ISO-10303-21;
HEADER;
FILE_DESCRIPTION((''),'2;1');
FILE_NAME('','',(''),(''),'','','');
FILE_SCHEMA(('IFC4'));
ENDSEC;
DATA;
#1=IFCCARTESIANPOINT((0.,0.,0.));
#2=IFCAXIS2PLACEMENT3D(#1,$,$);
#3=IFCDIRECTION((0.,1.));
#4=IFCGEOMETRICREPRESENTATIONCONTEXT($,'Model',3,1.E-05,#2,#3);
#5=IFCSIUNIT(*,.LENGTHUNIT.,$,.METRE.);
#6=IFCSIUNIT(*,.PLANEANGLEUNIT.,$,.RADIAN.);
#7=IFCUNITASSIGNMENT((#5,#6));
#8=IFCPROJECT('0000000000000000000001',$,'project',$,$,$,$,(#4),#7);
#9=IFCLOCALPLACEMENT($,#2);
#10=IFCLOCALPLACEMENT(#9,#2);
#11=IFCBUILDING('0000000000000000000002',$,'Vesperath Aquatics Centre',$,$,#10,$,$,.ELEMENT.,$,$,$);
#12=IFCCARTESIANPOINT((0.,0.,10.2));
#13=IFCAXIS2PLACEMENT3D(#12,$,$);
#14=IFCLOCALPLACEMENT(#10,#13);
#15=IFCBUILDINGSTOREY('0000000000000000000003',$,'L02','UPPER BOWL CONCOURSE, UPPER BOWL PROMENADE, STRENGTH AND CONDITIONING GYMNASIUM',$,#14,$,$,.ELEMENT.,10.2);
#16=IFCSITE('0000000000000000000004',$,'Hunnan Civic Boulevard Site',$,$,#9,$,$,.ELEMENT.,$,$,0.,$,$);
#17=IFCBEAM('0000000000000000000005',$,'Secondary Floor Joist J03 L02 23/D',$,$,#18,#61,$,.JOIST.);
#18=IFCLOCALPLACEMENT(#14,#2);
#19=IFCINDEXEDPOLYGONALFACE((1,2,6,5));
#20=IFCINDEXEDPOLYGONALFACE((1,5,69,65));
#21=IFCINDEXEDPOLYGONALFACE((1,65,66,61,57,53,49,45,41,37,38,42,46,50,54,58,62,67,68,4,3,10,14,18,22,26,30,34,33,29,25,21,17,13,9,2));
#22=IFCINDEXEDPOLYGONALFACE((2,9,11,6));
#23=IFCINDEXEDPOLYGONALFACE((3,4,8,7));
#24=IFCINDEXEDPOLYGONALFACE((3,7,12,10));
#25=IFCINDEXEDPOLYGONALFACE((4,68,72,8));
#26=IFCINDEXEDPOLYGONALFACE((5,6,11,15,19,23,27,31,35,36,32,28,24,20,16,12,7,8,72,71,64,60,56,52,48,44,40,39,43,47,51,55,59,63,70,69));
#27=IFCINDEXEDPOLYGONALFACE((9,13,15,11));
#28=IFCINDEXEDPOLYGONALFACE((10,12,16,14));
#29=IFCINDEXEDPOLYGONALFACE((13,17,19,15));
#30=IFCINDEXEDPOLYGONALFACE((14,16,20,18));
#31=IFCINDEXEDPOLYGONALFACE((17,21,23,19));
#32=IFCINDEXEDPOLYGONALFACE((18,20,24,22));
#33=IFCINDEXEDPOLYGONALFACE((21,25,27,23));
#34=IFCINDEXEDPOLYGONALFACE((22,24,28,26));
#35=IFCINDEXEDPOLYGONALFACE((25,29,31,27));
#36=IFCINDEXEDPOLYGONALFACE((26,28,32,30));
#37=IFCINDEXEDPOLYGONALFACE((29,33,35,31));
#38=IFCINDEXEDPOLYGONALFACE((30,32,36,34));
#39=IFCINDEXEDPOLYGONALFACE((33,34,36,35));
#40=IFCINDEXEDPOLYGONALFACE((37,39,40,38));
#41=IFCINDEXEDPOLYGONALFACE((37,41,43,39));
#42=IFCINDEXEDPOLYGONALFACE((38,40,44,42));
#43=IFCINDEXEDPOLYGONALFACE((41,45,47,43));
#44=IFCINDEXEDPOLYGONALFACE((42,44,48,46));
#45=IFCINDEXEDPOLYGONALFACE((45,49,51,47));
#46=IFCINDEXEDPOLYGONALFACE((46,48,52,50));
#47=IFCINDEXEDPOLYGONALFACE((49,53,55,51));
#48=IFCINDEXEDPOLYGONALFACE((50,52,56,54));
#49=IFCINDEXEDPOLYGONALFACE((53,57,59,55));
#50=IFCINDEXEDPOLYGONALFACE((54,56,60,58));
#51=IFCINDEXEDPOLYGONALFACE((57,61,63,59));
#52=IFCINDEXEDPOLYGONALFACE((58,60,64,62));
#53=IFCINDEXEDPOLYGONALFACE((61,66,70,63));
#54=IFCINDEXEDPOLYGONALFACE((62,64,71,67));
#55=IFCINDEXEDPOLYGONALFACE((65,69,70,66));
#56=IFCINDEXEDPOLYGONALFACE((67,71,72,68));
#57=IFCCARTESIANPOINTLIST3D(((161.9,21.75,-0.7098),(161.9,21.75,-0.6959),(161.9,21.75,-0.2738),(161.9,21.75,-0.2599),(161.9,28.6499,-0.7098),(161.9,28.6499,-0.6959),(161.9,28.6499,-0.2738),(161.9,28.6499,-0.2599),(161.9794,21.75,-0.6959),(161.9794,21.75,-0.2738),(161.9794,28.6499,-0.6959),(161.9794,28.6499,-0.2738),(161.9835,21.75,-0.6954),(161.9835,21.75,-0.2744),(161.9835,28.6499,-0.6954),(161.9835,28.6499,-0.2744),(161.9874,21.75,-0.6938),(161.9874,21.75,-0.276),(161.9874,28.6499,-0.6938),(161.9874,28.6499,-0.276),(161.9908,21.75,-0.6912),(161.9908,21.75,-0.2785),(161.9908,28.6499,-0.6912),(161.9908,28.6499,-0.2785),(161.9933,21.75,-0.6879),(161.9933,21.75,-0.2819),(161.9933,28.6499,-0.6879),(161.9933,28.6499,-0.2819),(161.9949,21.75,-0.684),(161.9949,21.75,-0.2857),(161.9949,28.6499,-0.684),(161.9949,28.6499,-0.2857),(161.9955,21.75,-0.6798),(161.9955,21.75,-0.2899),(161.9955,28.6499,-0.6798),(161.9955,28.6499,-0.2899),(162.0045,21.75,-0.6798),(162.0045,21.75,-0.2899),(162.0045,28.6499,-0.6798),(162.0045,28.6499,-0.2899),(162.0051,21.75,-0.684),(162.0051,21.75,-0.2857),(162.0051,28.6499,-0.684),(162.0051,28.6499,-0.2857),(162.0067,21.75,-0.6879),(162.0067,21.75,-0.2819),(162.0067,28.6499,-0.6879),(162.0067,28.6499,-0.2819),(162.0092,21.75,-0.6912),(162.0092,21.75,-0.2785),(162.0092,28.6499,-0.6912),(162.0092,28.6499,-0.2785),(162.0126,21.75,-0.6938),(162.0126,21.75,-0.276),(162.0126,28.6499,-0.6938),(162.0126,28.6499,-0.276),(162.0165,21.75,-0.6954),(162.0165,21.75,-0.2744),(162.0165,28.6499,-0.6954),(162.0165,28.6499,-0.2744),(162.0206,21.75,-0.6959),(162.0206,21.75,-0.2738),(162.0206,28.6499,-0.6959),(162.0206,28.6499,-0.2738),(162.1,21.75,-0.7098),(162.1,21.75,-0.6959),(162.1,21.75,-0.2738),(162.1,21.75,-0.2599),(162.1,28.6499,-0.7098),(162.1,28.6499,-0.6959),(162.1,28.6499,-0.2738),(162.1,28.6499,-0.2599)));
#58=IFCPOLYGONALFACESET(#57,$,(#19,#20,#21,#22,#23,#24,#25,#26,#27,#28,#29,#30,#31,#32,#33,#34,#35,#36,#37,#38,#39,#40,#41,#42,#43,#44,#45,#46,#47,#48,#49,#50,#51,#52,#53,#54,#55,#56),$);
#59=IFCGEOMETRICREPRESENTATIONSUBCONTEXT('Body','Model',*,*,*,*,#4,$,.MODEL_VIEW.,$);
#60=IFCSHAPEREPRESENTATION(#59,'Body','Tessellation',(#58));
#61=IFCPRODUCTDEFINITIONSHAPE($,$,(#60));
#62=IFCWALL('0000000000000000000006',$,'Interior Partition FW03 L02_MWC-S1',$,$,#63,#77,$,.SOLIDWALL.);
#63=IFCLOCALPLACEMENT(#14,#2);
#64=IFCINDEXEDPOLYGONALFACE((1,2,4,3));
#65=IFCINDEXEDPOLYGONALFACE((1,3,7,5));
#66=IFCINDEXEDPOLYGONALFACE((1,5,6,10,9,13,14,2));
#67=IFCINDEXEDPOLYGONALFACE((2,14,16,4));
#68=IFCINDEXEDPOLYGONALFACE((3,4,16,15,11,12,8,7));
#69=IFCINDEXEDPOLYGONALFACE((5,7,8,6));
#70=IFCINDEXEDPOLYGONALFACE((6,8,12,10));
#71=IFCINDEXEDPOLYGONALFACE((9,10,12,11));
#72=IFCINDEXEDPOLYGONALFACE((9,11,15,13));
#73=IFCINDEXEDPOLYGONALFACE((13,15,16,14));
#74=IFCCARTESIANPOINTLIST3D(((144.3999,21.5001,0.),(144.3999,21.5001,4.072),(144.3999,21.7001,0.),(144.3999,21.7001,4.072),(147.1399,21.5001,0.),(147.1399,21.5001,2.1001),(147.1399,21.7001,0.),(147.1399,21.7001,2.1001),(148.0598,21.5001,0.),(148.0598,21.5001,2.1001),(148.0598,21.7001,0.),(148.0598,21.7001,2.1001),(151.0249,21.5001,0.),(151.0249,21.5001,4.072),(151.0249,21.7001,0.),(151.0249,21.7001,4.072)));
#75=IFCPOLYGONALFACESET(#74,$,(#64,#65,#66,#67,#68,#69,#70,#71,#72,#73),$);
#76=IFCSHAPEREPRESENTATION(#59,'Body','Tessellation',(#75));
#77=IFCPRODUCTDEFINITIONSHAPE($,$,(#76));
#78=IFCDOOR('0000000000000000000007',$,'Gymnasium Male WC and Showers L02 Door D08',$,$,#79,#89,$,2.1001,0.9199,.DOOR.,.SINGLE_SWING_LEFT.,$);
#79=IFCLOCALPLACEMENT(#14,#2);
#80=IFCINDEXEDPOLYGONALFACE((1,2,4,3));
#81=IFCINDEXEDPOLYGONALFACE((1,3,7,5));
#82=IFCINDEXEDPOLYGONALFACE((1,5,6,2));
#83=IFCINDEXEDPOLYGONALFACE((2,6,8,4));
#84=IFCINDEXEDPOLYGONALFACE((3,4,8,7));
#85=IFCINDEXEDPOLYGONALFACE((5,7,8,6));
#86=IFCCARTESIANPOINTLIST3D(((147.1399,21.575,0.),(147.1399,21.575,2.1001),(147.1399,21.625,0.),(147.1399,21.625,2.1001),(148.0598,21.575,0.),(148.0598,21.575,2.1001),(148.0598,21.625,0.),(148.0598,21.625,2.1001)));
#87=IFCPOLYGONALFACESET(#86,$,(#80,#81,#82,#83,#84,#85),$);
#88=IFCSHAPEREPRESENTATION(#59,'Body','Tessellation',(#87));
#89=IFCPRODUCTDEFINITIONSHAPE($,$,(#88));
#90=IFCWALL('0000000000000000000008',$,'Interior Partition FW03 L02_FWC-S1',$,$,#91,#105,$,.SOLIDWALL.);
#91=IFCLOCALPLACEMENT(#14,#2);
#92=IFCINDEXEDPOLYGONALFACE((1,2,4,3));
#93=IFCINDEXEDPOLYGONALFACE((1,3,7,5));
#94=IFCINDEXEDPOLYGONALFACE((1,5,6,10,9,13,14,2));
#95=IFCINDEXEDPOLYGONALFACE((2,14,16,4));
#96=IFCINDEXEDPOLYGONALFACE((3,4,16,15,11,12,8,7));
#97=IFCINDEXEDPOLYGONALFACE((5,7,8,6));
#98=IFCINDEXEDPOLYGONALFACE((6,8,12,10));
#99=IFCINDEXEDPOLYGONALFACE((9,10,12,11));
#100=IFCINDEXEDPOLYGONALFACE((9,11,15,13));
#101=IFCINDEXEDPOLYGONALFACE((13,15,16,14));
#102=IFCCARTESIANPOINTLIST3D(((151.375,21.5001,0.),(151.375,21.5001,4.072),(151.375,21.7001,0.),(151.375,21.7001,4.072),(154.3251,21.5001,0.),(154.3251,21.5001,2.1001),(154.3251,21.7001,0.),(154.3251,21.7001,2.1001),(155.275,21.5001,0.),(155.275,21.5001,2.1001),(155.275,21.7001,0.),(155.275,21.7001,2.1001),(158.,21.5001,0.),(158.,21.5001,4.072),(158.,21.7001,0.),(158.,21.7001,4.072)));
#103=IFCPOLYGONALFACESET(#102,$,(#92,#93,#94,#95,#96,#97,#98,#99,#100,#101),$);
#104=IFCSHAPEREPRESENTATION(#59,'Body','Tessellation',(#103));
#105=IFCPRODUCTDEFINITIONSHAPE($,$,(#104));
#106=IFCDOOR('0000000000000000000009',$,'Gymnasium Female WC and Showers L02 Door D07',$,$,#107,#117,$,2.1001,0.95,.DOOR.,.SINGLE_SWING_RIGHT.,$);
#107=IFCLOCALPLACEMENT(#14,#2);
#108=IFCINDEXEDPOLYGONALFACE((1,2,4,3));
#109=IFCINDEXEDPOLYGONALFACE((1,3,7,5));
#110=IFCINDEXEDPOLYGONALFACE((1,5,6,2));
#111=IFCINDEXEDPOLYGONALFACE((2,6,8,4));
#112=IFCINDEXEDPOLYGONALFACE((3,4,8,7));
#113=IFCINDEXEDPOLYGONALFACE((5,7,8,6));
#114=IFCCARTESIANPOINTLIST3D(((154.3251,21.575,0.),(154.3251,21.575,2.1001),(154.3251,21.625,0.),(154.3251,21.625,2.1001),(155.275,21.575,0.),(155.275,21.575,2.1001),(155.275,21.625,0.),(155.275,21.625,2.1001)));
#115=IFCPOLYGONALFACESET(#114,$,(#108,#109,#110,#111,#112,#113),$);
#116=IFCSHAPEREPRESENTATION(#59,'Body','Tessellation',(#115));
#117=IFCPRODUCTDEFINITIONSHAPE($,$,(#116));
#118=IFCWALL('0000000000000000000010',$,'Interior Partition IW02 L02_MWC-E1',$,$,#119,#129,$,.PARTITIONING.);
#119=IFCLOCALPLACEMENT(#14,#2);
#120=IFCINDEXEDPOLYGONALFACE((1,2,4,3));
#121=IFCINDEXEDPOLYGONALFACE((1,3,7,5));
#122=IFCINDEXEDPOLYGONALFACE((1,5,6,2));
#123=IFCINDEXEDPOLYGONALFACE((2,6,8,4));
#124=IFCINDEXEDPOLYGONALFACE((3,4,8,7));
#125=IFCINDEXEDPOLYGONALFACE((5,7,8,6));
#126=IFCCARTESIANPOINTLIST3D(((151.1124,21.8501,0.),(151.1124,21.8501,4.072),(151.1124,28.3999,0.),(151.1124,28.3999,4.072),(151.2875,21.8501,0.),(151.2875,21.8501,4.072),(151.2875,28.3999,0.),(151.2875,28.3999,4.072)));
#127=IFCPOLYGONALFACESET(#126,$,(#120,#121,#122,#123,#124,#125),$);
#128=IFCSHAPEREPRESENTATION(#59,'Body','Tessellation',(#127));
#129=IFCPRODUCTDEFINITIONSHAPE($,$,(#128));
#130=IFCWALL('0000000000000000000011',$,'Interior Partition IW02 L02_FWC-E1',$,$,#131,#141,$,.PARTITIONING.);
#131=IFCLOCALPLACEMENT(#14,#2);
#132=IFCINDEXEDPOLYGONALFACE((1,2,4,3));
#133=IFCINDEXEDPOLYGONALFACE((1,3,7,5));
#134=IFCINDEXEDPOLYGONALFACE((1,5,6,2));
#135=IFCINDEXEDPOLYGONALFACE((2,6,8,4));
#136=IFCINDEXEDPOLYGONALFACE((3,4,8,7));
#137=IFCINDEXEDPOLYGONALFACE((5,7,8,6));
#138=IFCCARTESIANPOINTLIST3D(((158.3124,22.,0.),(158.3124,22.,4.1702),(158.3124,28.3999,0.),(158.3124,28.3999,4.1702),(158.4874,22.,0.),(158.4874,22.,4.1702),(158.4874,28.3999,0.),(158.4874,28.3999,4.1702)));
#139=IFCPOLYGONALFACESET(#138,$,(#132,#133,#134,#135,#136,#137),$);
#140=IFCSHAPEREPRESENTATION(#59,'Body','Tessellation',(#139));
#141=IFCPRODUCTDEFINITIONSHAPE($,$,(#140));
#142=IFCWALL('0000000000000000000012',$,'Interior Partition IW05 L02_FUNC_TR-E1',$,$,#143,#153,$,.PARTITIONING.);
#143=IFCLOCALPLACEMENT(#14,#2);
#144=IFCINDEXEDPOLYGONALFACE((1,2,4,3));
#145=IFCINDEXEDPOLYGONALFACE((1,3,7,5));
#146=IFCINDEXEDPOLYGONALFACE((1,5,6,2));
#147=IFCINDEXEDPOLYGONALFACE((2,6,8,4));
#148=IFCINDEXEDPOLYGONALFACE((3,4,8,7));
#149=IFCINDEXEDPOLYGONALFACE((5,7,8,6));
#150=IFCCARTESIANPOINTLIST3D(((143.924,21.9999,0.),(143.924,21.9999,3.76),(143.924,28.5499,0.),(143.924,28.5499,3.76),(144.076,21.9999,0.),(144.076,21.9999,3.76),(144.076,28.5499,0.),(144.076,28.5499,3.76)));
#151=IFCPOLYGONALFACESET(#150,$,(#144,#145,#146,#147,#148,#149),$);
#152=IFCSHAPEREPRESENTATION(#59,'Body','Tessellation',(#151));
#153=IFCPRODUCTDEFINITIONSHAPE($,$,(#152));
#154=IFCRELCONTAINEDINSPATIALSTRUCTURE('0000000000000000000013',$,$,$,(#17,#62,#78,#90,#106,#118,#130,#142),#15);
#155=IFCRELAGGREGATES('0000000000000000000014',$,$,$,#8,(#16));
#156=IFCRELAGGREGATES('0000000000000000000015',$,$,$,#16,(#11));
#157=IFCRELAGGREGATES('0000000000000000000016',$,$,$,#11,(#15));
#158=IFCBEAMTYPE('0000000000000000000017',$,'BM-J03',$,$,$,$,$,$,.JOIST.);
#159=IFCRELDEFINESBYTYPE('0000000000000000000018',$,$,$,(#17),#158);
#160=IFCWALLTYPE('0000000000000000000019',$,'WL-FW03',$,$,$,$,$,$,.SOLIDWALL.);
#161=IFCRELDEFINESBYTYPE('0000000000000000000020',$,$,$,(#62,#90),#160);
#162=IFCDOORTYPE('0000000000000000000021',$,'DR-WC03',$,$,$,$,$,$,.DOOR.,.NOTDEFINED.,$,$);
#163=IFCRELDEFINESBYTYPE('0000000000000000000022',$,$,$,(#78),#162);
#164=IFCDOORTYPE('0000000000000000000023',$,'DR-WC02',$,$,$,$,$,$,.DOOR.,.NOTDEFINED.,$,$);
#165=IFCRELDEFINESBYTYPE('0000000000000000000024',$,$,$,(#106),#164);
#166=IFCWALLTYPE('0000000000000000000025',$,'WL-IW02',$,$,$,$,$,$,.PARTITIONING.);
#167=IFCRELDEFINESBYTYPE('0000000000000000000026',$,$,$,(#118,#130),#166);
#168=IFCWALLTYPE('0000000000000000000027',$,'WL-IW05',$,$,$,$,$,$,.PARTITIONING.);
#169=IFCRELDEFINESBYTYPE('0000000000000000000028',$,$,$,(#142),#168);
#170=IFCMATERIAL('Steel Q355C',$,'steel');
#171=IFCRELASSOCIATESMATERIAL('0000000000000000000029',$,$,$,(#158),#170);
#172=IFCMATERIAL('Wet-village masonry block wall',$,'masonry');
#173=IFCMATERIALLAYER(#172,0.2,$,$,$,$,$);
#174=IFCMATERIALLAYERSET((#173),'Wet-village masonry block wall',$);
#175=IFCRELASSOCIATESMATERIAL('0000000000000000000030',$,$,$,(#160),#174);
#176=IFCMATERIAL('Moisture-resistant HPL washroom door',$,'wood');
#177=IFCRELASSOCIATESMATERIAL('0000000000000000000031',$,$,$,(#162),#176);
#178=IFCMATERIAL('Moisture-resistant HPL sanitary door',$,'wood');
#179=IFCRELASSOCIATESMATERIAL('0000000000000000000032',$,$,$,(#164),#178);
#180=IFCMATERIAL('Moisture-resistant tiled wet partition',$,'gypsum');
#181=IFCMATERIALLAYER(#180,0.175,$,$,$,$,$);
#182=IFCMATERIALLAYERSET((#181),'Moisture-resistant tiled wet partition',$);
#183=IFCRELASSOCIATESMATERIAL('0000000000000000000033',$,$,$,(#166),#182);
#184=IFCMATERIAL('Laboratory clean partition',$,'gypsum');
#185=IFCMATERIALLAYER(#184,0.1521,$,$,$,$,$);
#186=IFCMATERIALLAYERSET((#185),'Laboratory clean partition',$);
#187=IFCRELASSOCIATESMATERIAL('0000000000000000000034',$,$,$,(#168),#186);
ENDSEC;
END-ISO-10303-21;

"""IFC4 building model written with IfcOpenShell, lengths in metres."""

from ifc_helpers import new_model, si_unit, direction, frame, frame_2d, origin, origin_2d, place, context, subcontext, project, spatial, rectangle, i_section, extrude, material, layer, layer_set, material_profile, profile_set, type_object, element, fill, save


model = new_model("IFC4")

# Units and contexts
model_context = context("Model", 3, precision=1e-05, world=origin(), true_north=direction((0.0, 1.0)))
body_context = subcontext(model_context, "Body", "Model", "MODEL_VIEW")
ifc_project = project(units=[si_unit("LENGTHUNIT", "METRE"), si_unit("PLANEANGLEUNIT", "RADIAN")], contexts=[model_context])

# Site, building, storey
site_placement = place(None, origin())
site = spatial("IfcSite", under=ifc_project, at=site_placement, Name="Hunnan Civic Boulevard Site", CompositionType="ELEMENT", RefElevation=0.0)
building_placement = place(site_placement, origin())
building = spatial("IfcBuilding", under=site, at=building_placement, Name="Vesperath Aquatics Centre", CompositionType="ELEMENT")
storey_placement = place(building_placement, frame((0.0, 0.0, 10.2)))
storey = spatial("IfcBuildingStorey", under=building, at=storey_placement, Name="L02", Description="UPPER BOWL CONCOURSE, UPPER BOWL PROMENADE, STRENGTH AND CONDITIONING GYMNASIUM", CompositionType="ELEMENT", Elevation=10.2)

# Beam
ifc_material_1 = material(Name="Steel Q355C", Category="steel")
ifc_material_profile_1 = material_profile(ifc_material_1, i_section(OverallWidth=0.2, OverallDepth=0.45, WebThickness=0.009, FlangeThickness=0.0139, FilletRadius=0.0161, at=origin_2d()), Name="HN 450x200x9x14")
ifc_profile_set_1 = profile_set([ifc_material_profile_1], Name="Steel Q355C")
beam_type_1 = type_object("IfcBeamType", Name="BM-J03", PredefinedType="JOIST", material=ifc_profile_set_1)
for number, where, z_axis, x_axis, name in (
    (1, (162.0, 21.75, -0.4849), (0.0, 1.0, 0.0), (-1.0, 0.0, 0.0), "Secondary Floor Joist J03 L02 23/D"),
):
    element("IfcBeam", number, at=place(storey_placement, frame(where, z_axis=z_axis, x_axis=x_axis)), inside=storey, type_object=beam_type_1, Name=name, PredefinedType="JOIST", context=body_context, shape_type="SweptSolid", body=[
        extrude(i_section(OverallWidth=0.2, OverallDepth=0.45, WebThickness=0.009, FlangeThickness=0.0139, FilletRadius=0.0161, at=origin_2d()), origin(), (0.0, 0.0, 1.0), 6.8999),
    ])

# Walls, openings, doors
ifc_material_2 = material(Name="Wet-village masonry block wall", Category="masonry")
ifc_layer_1 = layer(ifc_material_2, 0.2)
ifc_layer_set_1 = layer_set([ifc_layer_1], Name="Wet-village masonry block wall")
wall_type_1 = type_object("IfcWallType", Name="WL-FW03", PredefinedType="SOLIDWALL", material=ifc_layer_set_1)
wall_1_placement = place(storey_placement, frame((144.3999, 21.6001, 0.0), z_axis=(0.0, 0.0, 1.0), x_axis=(1.0, 0.0, 0.0)))
wall_1 = element("IfcWall", 2, at=wall_1_placement, inside=storey, type_object=wall_type_1, Name="Interior Partition FW03 L02_MWC-S1", PredefinedType="SOLIDWALL", context=body_context, shape_type="SweptSolid", body=[
    extrude(rectangle(XDim=6.625, YDim=0.2, at=frame_2d((3.3125, 0.0))), origin(), (0.0, 0.0, 1.0), 4.072),
])
opening_1_placement = place(wall_1_placement, frame((2.74, 0.0, 0.0)))
opening_1 = element("IfcOpeningElement", 3, at=opening_1_placement, cuts=wall_1, PredefinedType="OPENING", context=body_context, shape_type="SweptSolid", body=[
    extrude(rectangle(XDim=0.9199, YDim=2.1001, at=frame_2d((0.46, 1.05))), frame((0.0, 0.1147, 0.0), z_axis=(0.0, -1.0, 0.0), x_axis=(1.0, 0.0, 0.0)), (0.0, 0.0, 1.0), 0.2297),
])
ifc_material_3 = material(Name="Moisture-resistant HPL washroom door", Category="wood")
door_type_1 = type_object("IfcDoorType", Name="DR-WC03", OperationType="NOTDEFINED", PredefinedType="DOOR", material=ifc_material_3)
door_1_placement = place(opening_1_placement, origin())
door_1 = element("IfcDoor", 4, at=door_1_placement, inside=storey, type_object=door_type_1, Name="Gymnasium Male WC and Showers L02 Door D08", OperationType="SINGLE_SWING_LEFT", OverallHeight=2.1001, OverallWidth=0.9199, PredefinedType="DOOR", context=body_context, shape_type="SweptSolid", body=[
    extrude(rectangle(XDim=0.9199, YDim=2.1001, at=frame_2d((0.46, 1.05))), frame((0.0, 0.0249, 0.0), z_axis=(0.0, -1.0, 0.0), x_axis=(1.0, 0.0, 0.0)), (0.0, 0.0, 1.0), 0.05),
])
fill(opening_1, door_1)
wall_2_placement = place(storey_placement, frame((151.375, 21.6001, 0.0), z_axis=(0.0, 0.0, 1.0), x_axis=(1.0, 0.0, 0.0)))
wall_2 = element("IfcWall", 5, at=wall_2_placement, inside=storey, type_object=wall_type_1, Name="Interior Partition FW03 L02_FWC-S1", PredefinedType="SOLIDWALL", context=body_context, shape_type="SweptSolid", body=[
    extrude(rectangle(XDim=6.625, YDim=0.2, at=frame_2d((3.3125, 0.0))), origin(), (0.0, 0.0, 1.0), 4.072),
])
opening_2_placement = place(wall_2_placement, frame((2.95, 0.0, 0.0)))
opening_2 = element("IfcOpeningElement", 6, at=opening_2_placement, cuts=wall_2, PredefinedType="OPENING", context=body_context, shape_type="SweptSolid", body=[
    extrude(rectangle(XDim=0.95, YDim=2.1001, at=frame_2d((0.4751, 1.05))), frame((0.0, 0.1147, 0.0), z_axis=(0.0, -1.0, 0.0), x_axis=(1.0, 0.0, 0.0)), (0.0, 0.0, 1.0), 0.2297),
])
ifc_material_4 = material(Name="Moisture-resistant HPL sanitary door", Category="wood")
door_type_2 = type_object("IfcDoorType", Name="DR-WC02", OperationType="NOTDEFINED", PredefinedType="DOOR", material=ifc_material_4)
door_2_placement = place(opening_2_placement, origin())
door_2 = element("IfcDoor", 7, at=door_2_placement, inside=storey, type_object=door_type_2, Name="Gymnasium Female WC and Showers L02 Door D07", OperationType="SINGLE_SWING_RIGHT", OverallHeight=2.1001, OverallWidth=0.95, PredefinedType="DOOR", context=body_context, shape_type="SweptSolid", body=[
    extrude(rectangle(XDim=0.95, YDim=2.1001, at=frame_2d((0.4751, 1.05))), frame((0.0, 0.0249, 0.0), z_axis=(0.0, -1.0, 0.0), x_axis=(1.0, 0.0, 0.0)), (0.0, 0.0, 1.0), 0.05),
])
fill(opening_2, door_2)

# Walls
ifc_material_5 = material(Name="Moisture-resistant tiled wet partition", Category="gypsum")
ifc_layer_2 = layer(ifc_material_5, 0.175)
ifc_layer_set_2 = layer_set([ifc_layer_2], Name="Moisture-resistant tiled wet partition")
wall_type_2 = type_object("IfcWallType", Name="WL-IW02", PredefinedType="PARTITIONING", material=ifc_layer_set_2)
wall_3_placement = place(storey_placement, frame((151.2, 21.8501, 0.0), z_axis=(0.0, 0.0, 1.0), x_axis=(0.0, 1.0, 0.0)))
element("IfcWall", 8, at=wall_3_placement, inside=storey, type_object=wall_type_2, Name="Interior Partition IW02 L02_MWC-E1", PredefinedType="PARTITIONING", context=body_context, shape_type="SweptSolid", body=[
    extrude(rectangle(XDim=6.5498, YDim=0.175, at=frame_2d((3.2749, 0.0))), origin(), (0.0, 0.0, 1.0), 4.072),
])
wall_4_placement = place(storey_placement, frame((158.3999, 22.0, 0.0), z_axis=(0.0, 0.0, 1.0), x_axis=(0.0, 1.0, 0.0)))
element("IfcWall", 9, at=wall_4_placement, inside=storey, type_object=wall_type_2, Name="Interior Partition IW02 L02_FWC-E1", PredefinedType="PARTITIONING", context=body_context, shape_type="SweptSolid", body=[
    extrude(rectangle(XDim=6.3999, YDim=0.175, at=frame_2d((3.2, 0.0))), origin(), (0.0, 0.0, 1.0), 4.1702),
])
ifc_material_6 = material(Name="Laboratory clean partition", Category="gypsum")
ifc_layer_3 = layer(ifc_material_6, 0.1521)
ifc_layer_set_3 = layer_set([ifc_layer_3], Name="Laboratory clean partition")
wall_type_3 = type_object("IfcWallType", Name="WL-IW05", PredefinedType="PARTITIONING", material=ifc_layer_set_3)
wall_5_placement = place(storey_placement, frame((144.0, 22.0, 0.0), z_axis=(0.0, 0.0, 1.0), x_axis=(0.0, 1.0, 0.0)))
element("IfcWall", 10, at=wall_5_placement, inside=storey, type_object=wall_type_3, Name="Interior Partition IW05 L02_FUNC_TR-E1", PredefinedType="PARTITIONING", context=body_context, shape_type="SweptSolid", body=[
    extrude(rectangle(XDim=6.55, YDim=0.1521, at=frame_2d((3.2749, 0.0))), origin(), (0.0, 0.0, 1.0), 3.76),
])

save(model, "model.ifc")
